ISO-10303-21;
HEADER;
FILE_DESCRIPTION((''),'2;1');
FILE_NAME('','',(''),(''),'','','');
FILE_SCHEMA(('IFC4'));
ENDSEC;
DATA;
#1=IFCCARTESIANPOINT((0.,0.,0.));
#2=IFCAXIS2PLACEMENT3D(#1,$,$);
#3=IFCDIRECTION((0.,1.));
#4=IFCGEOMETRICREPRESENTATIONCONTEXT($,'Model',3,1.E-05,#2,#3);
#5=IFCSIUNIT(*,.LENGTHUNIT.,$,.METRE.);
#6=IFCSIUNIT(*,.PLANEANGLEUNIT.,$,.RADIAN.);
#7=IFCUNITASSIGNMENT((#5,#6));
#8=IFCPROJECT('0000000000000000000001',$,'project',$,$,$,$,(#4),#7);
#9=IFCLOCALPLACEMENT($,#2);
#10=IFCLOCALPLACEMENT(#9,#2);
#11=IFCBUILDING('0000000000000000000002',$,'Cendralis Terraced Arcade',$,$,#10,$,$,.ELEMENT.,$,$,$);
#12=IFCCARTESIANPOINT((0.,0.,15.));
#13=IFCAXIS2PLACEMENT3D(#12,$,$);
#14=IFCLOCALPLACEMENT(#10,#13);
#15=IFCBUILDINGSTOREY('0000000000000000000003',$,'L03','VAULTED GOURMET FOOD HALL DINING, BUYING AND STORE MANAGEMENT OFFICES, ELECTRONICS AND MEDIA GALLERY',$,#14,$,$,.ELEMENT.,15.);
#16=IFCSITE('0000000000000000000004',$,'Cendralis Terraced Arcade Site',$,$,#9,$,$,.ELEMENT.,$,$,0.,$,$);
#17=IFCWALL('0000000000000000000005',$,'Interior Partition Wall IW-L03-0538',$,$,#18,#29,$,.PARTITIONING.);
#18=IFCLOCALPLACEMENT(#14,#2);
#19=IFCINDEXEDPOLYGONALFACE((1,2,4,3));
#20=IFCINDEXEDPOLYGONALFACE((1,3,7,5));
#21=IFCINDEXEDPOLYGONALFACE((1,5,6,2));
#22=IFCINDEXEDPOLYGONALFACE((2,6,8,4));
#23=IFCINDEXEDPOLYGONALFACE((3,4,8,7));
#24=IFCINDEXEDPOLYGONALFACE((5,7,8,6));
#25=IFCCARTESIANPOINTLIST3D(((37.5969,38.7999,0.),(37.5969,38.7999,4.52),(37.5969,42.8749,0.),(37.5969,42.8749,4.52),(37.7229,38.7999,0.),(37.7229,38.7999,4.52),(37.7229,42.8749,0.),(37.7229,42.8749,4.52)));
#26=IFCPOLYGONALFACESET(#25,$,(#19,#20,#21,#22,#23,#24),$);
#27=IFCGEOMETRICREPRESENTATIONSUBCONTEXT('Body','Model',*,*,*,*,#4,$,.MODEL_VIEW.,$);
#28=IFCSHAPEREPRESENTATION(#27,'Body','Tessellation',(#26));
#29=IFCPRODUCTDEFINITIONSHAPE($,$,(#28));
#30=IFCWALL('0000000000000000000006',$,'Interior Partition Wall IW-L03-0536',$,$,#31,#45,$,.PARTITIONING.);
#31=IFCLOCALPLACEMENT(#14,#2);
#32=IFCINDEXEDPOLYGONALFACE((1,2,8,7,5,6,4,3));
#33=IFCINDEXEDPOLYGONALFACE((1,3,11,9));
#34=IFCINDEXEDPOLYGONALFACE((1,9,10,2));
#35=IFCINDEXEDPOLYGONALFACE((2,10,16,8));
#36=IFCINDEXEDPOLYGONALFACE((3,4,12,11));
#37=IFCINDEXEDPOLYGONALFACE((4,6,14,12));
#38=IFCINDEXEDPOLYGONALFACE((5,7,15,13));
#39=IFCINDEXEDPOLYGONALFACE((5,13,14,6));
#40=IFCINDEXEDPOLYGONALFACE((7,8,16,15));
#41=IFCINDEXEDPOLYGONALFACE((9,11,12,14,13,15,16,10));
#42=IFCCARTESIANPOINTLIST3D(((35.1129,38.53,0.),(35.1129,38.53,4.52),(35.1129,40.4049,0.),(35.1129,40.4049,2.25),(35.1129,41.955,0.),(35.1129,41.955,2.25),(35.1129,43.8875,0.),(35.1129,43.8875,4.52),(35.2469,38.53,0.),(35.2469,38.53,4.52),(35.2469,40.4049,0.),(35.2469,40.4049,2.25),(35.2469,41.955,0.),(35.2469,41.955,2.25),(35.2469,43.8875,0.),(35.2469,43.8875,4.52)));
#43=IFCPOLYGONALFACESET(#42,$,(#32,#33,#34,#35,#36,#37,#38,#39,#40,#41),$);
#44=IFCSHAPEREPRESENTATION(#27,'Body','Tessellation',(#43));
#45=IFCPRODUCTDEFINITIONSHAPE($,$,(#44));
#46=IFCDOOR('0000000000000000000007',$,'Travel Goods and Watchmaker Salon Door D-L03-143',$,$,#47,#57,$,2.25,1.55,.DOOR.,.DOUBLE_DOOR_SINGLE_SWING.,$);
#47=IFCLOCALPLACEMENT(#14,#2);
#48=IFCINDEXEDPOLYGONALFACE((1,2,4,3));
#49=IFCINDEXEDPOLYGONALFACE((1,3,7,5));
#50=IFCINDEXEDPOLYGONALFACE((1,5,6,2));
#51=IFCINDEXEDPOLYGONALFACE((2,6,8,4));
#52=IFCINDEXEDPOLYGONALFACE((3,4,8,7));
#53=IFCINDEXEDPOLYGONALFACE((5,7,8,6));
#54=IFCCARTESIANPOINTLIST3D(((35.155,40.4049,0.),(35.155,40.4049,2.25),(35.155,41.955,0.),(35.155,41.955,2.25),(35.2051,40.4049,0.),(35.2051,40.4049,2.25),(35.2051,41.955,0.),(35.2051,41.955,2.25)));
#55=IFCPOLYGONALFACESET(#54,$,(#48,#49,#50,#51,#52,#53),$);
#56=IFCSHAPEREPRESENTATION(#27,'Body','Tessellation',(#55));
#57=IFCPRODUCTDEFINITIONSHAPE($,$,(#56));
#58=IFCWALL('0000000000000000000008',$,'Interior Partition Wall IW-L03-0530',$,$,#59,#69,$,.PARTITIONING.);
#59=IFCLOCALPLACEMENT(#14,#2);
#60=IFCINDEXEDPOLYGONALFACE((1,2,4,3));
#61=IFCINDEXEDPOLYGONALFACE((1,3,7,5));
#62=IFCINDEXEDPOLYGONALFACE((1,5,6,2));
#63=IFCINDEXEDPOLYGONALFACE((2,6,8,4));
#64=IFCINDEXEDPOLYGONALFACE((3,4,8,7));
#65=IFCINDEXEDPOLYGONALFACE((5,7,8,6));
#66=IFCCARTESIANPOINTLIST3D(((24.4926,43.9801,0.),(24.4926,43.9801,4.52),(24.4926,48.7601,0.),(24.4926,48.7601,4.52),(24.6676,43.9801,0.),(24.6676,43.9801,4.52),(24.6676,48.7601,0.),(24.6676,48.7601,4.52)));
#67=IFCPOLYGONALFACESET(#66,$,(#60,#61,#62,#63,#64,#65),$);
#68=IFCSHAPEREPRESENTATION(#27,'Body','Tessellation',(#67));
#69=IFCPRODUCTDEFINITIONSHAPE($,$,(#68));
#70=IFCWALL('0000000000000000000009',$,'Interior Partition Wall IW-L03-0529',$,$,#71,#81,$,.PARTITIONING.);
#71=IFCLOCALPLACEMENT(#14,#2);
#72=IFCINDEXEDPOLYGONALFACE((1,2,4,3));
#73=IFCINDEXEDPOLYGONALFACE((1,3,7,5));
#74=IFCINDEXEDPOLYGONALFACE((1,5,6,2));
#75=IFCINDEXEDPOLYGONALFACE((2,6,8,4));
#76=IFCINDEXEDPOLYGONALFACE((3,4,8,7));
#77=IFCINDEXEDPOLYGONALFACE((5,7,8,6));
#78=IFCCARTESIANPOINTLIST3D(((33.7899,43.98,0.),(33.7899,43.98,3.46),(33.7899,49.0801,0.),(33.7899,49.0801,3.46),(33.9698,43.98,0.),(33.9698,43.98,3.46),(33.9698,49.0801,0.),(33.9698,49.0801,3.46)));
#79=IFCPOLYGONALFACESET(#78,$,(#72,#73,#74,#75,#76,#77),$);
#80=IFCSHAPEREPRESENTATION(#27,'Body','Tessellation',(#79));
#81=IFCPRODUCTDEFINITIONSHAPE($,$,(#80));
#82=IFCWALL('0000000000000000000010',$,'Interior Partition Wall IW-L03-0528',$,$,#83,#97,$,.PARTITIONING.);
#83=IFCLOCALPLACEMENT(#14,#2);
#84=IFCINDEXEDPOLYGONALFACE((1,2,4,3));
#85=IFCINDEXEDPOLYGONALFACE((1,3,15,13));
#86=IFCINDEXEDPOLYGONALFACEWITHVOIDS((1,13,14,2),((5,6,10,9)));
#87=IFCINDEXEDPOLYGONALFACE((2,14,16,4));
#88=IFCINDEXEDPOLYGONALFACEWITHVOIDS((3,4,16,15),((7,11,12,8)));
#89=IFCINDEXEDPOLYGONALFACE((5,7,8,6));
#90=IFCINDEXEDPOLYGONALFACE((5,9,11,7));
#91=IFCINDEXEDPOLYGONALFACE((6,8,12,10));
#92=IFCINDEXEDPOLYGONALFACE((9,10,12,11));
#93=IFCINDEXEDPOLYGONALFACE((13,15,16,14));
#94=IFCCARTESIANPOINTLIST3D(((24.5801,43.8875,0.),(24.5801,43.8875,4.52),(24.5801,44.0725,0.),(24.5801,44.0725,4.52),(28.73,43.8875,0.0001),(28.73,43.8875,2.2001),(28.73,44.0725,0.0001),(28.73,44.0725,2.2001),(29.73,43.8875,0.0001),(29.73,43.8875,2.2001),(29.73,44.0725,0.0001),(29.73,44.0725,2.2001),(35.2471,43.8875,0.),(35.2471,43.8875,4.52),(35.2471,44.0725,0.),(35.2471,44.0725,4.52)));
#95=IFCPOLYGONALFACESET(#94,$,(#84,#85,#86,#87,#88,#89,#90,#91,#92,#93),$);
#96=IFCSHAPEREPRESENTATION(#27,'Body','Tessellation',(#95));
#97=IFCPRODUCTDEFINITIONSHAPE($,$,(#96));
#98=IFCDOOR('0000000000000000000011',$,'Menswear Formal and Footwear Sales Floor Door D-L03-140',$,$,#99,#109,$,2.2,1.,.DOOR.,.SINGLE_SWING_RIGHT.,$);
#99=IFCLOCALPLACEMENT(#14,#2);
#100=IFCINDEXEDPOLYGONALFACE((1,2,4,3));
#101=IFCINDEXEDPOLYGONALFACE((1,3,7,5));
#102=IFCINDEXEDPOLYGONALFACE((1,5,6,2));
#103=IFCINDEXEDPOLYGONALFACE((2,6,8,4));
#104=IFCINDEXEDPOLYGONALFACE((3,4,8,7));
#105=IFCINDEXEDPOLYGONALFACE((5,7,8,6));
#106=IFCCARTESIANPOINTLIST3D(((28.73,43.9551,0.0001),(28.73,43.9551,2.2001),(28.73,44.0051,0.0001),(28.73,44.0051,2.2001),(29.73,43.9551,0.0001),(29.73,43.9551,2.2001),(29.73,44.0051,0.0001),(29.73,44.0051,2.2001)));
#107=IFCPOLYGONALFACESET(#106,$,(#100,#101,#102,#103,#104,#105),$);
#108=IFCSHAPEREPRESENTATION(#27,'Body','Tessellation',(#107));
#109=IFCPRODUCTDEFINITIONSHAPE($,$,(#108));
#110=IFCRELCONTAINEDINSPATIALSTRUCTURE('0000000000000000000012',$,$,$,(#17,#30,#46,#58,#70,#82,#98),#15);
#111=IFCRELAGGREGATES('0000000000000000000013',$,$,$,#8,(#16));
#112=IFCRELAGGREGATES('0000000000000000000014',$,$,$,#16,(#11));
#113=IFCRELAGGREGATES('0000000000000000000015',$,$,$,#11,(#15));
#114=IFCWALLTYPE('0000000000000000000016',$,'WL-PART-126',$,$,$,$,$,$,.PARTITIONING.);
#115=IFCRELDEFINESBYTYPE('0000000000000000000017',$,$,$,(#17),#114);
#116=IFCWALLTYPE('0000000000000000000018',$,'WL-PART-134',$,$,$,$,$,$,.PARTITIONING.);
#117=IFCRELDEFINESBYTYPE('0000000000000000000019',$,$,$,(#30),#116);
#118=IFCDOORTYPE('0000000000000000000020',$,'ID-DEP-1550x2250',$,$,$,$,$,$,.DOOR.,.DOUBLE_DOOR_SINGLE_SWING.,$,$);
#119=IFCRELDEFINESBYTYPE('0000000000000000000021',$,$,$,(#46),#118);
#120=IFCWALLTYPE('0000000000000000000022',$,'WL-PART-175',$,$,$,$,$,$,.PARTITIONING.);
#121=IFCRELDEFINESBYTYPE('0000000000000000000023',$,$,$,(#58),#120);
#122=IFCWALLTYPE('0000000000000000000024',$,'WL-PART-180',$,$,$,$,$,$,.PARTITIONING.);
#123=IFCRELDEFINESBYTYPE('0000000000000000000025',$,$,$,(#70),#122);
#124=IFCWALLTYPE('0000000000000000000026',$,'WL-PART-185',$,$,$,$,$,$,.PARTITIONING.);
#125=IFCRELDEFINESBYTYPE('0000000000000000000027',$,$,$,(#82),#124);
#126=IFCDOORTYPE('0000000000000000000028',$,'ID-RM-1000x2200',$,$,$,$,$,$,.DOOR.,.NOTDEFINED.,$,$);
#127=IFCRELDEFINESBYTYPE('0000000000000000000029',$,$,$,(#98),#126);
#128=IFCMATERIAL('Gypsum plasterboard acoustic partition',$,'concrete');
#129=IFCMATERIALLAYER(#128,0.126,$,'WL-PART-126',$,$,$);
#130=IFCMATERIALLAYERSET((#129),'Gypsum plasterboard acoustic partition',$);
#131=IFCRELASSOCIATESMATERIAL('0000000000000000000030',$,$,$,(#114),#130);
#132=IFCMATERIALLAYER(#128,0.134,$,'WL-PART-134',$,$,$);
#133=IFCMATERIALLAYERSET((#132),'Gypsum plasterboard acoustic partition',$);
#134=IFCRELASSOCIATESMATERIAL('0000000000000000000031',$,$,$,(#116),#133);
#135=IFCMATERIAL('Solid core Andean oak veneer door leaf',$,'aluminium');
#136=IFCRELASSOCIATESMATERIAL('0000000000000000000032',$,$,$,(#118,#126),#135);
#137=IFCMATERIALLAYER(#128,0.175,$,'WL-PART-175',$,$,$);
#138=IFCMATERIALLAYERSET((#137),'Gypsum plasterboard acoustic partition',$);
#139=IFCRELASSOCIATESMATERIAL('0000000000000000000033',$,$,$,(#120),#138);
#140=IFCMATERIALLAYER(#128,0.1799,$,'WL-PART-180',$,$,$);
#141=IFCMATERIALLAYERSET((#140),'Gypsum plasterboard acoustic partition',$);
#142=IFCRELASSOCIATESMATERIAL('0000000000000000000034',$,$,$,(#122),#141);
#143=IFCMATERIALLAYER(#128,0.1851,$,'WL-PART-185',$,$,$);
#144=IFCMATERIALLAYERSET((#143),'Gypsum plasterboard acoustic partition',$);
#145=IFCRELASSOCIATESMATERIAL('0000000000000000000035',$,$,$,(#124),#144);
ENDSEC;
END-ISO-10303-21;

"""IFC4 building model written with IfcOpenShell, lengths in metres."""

from ifc_helpers import new_model, si_unit, direction, frame, frame_2d, origin, place, context, subcontext, project, spatial, rectangle, extrude, material, layer, layer_set, type_object, element, fill, save


model = new_model("IFC4")

# Units and contexts
model_context = context("Model", 3, precision=1e-05, world=origin(), true_north=direction((0.0, 1.0)))
body_context = subcontext(model_context, "Body", "Model", "MODEL_VIEW")
ifc_project = project(units=[si_unit("LENGTHUNIT", "METRE"), si_unit("PLANEANGLEUNIT", "RADIAN")], contexts=[model_context])

# Site, building, storey
site_placement = place(None, origin())
site = spatial("IfcSite", under=ifc_project, at=site_placement, Name="Cendralis Terraced Arcade Site", CompositionType="ELEMENT", RefElevation=0.0)
building_placement = place(site_placement, origin())
building = spatial("IfcBuilding", under=site, at=building_placement, Name="Cendralis Terraced Arcade", CompositionType="ELEMENT")
storey_placement = place(building_placement, frame((0.0, 0.0, 15.0)))
storey = spatial("IfcBuildingStorey", under=building, at=storey_placement, Name="L03", Description="VAULTED GOURMET FOOD HALL DINING, BUYING AND STORE MANAGEMENT OFFICES, ELECTRONICS AND MEDIA GALLERY", CompositionType="ELEMENT", Elevation=15.0)

# Wall
ifc_material_1 = material(Name="Gypsum plasterboard acoustic partition", Category="concrete")
ifc_layer_1 = layer(ifc_material_1, 0.126, Name="WL-PART-126")
ifc_layer_set_1 = layer_set([ifc_layer_1], Name="Gypsum plasterboard acoustic partition")
wall_type_1 = type_object("IfcWallType", Name="WL-PART-126", PredefinedType="PARTITIONING", material=ifc_layer_set_1)
wall_1_placement = place(storey_placement, frame((37.6599, 42.875, 0.0), z_axis=(0.0, 0.0, 1.0), x_axis=(0.0, -1.0, 0.0)))
element("IfcWall", 1, at=wall_1_placement, inside=storey, type_object=wall_type_1, Name="Interior Partition Wall IW-L03-0538", PredefinedType="PARTITIONING", context=body_context, shape_type="SweptSolid", body=[
    extrude(rectangle(XDim=4.075, YDim=0.126, at=frame_2d((2.0376, 0.0))), origin(), (0.0, 0.0, 1.0), 4.52),
])

# Wall, opening, door
ifc_layer_2 = layer(ifc_material_1, 0.134, Name="WL-PART-134")
ifc_layer_set_2 = layer_set([ifc_layer_2], Name="Gypsum plasterboard acoustic partition")
wall_type_2 = type_object("IfcWallType", Name="WL-PART-134", PredefinedType="PARTITIONING", material=ifc_layer_set_2)
wall_2_placement = place(storey_placement, frame((35.1799, 38.53, 0.0), z_axis=(0.0, 0.0, 1.0), x_axis=(0.0, 1.0, 0.0)))
wall_2 = element("IfcWall", 2, at=wall_2_placement, inside=storey, type_object=wall_type_2, Name="Interior Partition Wall IW-L03-0536", PredefinedType="PARTITIONING", context=body_context, shape_type="SweptSolid", body=[
    extrude(rectangle(XDim=5.3574, YDim=0.134, at=frame_2d((2.6787, 0.0))), origin(), (0.0, 0.0, 1.0), 4.52),
])
opening_1_placement = place(wall_2_placement, frame((1.875, 0.0, 0.0)))
opening_1 = element("IfcOpeningElement", 3, at=opening_1_placement, cuts=wall_2, PredefinedType="OPENING", context=body_context, shape_type="SweptSolid", body=[
    extrude(rectangle(XDim=1.55, YDim=2.25, at=frame_2d((0.7749, 1.125))), frame((0.0, 0.0791, 0.0), z_axis=(0.0, -1.0, 0.0), x_axis=(1.0, 0.0, 0.0)), (0.0, 0.0, 1.0), 0.158),
])
ifc_material_2 = material(Name="Solid core Andean oak veneer door leaf", Category="aluminium")
door_type_1 = type_object("IfcDoorType", Name="ID-DEP-1550x2250", OperationType="DOUBLE_DOOR_SINGLE_SWING", PredefinedType="DOOR", material=ifc_material_2)
door_1_placement = place(opening_1_placement, origin())
door_1 = element("IfcDoor", 4, at=door_1_placement, inside=storey, type_object=door_type_1, Name="Travel Goods and Watchmaker Salon Door D-L03-143", OperationType="DOUBLE_DOOR_SINGLE_SWING", OverallHeight=2.25, OverallWidth=1.55, PredefinedType="DOOR", context=body_context, shape_type="SweptSolid", body=[
    extrude(rectangle(XDim=1.55, YDim=2.25, at=frame_2d((0.7749, 1.125))), frame((0.0, 0.0249, 0.0), z_axis=(0.0, -1.0, 0.0), x_axis=(1.0, 0.0, 0.0)), (0.0, 0.0, 1.0), 0.05),
])
fill(opening_1, door_1)

# Walls
ifc_layer_3 = layer(ifc_material_1, 0.175, Name="WL-PART-175")
ifc_layer_set_3 = layer_set([ifc_layer_3], Name="Gypsum plasterboard acoustic partition")
wall_type_3 = type_object("IfcWallType", Name="WL-PART-175", PredefinedType="PARTITIONING", material=ifc_layer_set_3)
wall_3_placement = place(storey_placement, frame((24.5801, 43.98, 0.0), z_axis=(0.0, 0.0, 1.0), x_axis=(0.0, 1.0, 0.0)))
element("IfcWall", 5, at=wall_3_placement, inside=storey, type_object=wall_type_3, Name="Interior Partition Wall IW-L03-0530", PredefinedType="PARTITIONING", context=body_context, shape_type="SweptSolid", body=[
    extrude(rectangle(XDim=4.78, YDim=0.175, at=frame_2d((2.3901, 0.0))), origin(), (0.0, 0.0, 1.0), 4.52),
])
ifc_layer_4 = layer(ifc_material_1, 0.1799, Name="WL-PART-180")
ifc_layer_set_4 = layer_set([ifc_layer_4], Name="Gypsum plasterboard acoustic partition")
wall_type_4 = type_object("IfcWallType", Name="WL-PART-180", PredefinedType="PARTITIONING", material=ifc_layer_set_4)
wall_4_placement = place(storey_placement, frame((33.8799, 49.0801, 0.0), z_axis=(0.0, 0.0, 1.0), x_axis=(0.0, -1.0, 0.0)))
element("IfcWall", 6, at=wall_4_placement, inside=storey, type_object=wall_type_4, Name="Interior Partition Wall IW-L03-0529", PredefinedType="PARTITIONING", context=body_context, shape_type="SweptSolid", body=[
    extrude(rectangle(XDim=5.1001, YDim=0.1799, at=frame_2d((2.55, 0.0))), origin(), (0.0, 0.0, 1.0), 3.46),
])

# Wall, opening, door
ifc_layer_5 = layer(ifc_material_1, 0.1851, Name="WL-PART-185")
ifc_layer_set_5 = layer_set([ifc_layer_5], Name="Gypsum plasterboard acoustic partition")
wall_type_5 = type_object("IfcWallType", Name="WL-PART-185", PredefinedType="PARTITIONING", material=ifc_layer_set_5)
wall_5_placement = place(storey_placement, frame((35.2471, 43.98, 0.0), z_axis=(0.0, 0.0, 1.0), x_axis=(-1.0, 0.0, 0.0)))
wall_5 = element("IfcWall", 7, at=wall_5_placement, inside=storey, type_object=wall_type_5, Name="Interior Partition Wall IW-L03-0528", PredefinedType="PARTITIONING", context=body_context, shape_type="SweptSolid", body=[
    extrude(rectangle(XDim=10.667, YDim=0.1851, at=frame_2d((5.3335, 0.0))), origin(), (0.0, 0.0, 1.0), 4.52),
])
opening_2_placement = place(wall_5_placement, frame((5.5171, 0.0, 0.0)))
opening_2 = element("IfcOpeningElement", 8, at=opening_2_placement, cuts=wall_5, PredefinedType="OPENING", context=body_context, shape_type="SweptSolid", body=[
    extrude(rectangle(XDim=1.0, YDim=2.2, at=frame_2d((0.5, 1.1001))), frame((0.0, 0.1045, 0.0), z_axis=(0.0, -1.0, 0.0), x_axis=(1.0, 0.0, 0.0)), (0.0, 0.0, 1.0), 0.209),
])
door_type_2 = type_object("IfcDoorType", Name="ID-RM-1000x2200", OperationType="NOTDEFINED", PredefinedType="DOOR", material=ifc_material_2)
door_2_placement = place(opening_2_placement, origin())
door_2 = element("IfcDoor", 9, at=door_2_placement, inside=storey, type_object=door_type_2, Name="Menswear Formal and Footwear Sales Floor Door D-L03-140", OperationType="SINGLE_SWING_RIGHT", OverallHeight=2.2, OverallWidth=1.0, PredefinedType="DOOR", context=body_context, shape_type="SweptSolid", body=[
    extrude(rectangle(XDim=1.0, YDim=2.2, at=frame_2d((0.5, 1.1001))), frame((0.0, 0.0249, 0.0), z_axis=(0.0, -1.0, 0.0), x_axis=(1.0, 0.0, 0.0)), (0.0, 0.0, 1.0), 0.05),
])
fill(opening_2, door_2)

save(model, "model.ifc")
